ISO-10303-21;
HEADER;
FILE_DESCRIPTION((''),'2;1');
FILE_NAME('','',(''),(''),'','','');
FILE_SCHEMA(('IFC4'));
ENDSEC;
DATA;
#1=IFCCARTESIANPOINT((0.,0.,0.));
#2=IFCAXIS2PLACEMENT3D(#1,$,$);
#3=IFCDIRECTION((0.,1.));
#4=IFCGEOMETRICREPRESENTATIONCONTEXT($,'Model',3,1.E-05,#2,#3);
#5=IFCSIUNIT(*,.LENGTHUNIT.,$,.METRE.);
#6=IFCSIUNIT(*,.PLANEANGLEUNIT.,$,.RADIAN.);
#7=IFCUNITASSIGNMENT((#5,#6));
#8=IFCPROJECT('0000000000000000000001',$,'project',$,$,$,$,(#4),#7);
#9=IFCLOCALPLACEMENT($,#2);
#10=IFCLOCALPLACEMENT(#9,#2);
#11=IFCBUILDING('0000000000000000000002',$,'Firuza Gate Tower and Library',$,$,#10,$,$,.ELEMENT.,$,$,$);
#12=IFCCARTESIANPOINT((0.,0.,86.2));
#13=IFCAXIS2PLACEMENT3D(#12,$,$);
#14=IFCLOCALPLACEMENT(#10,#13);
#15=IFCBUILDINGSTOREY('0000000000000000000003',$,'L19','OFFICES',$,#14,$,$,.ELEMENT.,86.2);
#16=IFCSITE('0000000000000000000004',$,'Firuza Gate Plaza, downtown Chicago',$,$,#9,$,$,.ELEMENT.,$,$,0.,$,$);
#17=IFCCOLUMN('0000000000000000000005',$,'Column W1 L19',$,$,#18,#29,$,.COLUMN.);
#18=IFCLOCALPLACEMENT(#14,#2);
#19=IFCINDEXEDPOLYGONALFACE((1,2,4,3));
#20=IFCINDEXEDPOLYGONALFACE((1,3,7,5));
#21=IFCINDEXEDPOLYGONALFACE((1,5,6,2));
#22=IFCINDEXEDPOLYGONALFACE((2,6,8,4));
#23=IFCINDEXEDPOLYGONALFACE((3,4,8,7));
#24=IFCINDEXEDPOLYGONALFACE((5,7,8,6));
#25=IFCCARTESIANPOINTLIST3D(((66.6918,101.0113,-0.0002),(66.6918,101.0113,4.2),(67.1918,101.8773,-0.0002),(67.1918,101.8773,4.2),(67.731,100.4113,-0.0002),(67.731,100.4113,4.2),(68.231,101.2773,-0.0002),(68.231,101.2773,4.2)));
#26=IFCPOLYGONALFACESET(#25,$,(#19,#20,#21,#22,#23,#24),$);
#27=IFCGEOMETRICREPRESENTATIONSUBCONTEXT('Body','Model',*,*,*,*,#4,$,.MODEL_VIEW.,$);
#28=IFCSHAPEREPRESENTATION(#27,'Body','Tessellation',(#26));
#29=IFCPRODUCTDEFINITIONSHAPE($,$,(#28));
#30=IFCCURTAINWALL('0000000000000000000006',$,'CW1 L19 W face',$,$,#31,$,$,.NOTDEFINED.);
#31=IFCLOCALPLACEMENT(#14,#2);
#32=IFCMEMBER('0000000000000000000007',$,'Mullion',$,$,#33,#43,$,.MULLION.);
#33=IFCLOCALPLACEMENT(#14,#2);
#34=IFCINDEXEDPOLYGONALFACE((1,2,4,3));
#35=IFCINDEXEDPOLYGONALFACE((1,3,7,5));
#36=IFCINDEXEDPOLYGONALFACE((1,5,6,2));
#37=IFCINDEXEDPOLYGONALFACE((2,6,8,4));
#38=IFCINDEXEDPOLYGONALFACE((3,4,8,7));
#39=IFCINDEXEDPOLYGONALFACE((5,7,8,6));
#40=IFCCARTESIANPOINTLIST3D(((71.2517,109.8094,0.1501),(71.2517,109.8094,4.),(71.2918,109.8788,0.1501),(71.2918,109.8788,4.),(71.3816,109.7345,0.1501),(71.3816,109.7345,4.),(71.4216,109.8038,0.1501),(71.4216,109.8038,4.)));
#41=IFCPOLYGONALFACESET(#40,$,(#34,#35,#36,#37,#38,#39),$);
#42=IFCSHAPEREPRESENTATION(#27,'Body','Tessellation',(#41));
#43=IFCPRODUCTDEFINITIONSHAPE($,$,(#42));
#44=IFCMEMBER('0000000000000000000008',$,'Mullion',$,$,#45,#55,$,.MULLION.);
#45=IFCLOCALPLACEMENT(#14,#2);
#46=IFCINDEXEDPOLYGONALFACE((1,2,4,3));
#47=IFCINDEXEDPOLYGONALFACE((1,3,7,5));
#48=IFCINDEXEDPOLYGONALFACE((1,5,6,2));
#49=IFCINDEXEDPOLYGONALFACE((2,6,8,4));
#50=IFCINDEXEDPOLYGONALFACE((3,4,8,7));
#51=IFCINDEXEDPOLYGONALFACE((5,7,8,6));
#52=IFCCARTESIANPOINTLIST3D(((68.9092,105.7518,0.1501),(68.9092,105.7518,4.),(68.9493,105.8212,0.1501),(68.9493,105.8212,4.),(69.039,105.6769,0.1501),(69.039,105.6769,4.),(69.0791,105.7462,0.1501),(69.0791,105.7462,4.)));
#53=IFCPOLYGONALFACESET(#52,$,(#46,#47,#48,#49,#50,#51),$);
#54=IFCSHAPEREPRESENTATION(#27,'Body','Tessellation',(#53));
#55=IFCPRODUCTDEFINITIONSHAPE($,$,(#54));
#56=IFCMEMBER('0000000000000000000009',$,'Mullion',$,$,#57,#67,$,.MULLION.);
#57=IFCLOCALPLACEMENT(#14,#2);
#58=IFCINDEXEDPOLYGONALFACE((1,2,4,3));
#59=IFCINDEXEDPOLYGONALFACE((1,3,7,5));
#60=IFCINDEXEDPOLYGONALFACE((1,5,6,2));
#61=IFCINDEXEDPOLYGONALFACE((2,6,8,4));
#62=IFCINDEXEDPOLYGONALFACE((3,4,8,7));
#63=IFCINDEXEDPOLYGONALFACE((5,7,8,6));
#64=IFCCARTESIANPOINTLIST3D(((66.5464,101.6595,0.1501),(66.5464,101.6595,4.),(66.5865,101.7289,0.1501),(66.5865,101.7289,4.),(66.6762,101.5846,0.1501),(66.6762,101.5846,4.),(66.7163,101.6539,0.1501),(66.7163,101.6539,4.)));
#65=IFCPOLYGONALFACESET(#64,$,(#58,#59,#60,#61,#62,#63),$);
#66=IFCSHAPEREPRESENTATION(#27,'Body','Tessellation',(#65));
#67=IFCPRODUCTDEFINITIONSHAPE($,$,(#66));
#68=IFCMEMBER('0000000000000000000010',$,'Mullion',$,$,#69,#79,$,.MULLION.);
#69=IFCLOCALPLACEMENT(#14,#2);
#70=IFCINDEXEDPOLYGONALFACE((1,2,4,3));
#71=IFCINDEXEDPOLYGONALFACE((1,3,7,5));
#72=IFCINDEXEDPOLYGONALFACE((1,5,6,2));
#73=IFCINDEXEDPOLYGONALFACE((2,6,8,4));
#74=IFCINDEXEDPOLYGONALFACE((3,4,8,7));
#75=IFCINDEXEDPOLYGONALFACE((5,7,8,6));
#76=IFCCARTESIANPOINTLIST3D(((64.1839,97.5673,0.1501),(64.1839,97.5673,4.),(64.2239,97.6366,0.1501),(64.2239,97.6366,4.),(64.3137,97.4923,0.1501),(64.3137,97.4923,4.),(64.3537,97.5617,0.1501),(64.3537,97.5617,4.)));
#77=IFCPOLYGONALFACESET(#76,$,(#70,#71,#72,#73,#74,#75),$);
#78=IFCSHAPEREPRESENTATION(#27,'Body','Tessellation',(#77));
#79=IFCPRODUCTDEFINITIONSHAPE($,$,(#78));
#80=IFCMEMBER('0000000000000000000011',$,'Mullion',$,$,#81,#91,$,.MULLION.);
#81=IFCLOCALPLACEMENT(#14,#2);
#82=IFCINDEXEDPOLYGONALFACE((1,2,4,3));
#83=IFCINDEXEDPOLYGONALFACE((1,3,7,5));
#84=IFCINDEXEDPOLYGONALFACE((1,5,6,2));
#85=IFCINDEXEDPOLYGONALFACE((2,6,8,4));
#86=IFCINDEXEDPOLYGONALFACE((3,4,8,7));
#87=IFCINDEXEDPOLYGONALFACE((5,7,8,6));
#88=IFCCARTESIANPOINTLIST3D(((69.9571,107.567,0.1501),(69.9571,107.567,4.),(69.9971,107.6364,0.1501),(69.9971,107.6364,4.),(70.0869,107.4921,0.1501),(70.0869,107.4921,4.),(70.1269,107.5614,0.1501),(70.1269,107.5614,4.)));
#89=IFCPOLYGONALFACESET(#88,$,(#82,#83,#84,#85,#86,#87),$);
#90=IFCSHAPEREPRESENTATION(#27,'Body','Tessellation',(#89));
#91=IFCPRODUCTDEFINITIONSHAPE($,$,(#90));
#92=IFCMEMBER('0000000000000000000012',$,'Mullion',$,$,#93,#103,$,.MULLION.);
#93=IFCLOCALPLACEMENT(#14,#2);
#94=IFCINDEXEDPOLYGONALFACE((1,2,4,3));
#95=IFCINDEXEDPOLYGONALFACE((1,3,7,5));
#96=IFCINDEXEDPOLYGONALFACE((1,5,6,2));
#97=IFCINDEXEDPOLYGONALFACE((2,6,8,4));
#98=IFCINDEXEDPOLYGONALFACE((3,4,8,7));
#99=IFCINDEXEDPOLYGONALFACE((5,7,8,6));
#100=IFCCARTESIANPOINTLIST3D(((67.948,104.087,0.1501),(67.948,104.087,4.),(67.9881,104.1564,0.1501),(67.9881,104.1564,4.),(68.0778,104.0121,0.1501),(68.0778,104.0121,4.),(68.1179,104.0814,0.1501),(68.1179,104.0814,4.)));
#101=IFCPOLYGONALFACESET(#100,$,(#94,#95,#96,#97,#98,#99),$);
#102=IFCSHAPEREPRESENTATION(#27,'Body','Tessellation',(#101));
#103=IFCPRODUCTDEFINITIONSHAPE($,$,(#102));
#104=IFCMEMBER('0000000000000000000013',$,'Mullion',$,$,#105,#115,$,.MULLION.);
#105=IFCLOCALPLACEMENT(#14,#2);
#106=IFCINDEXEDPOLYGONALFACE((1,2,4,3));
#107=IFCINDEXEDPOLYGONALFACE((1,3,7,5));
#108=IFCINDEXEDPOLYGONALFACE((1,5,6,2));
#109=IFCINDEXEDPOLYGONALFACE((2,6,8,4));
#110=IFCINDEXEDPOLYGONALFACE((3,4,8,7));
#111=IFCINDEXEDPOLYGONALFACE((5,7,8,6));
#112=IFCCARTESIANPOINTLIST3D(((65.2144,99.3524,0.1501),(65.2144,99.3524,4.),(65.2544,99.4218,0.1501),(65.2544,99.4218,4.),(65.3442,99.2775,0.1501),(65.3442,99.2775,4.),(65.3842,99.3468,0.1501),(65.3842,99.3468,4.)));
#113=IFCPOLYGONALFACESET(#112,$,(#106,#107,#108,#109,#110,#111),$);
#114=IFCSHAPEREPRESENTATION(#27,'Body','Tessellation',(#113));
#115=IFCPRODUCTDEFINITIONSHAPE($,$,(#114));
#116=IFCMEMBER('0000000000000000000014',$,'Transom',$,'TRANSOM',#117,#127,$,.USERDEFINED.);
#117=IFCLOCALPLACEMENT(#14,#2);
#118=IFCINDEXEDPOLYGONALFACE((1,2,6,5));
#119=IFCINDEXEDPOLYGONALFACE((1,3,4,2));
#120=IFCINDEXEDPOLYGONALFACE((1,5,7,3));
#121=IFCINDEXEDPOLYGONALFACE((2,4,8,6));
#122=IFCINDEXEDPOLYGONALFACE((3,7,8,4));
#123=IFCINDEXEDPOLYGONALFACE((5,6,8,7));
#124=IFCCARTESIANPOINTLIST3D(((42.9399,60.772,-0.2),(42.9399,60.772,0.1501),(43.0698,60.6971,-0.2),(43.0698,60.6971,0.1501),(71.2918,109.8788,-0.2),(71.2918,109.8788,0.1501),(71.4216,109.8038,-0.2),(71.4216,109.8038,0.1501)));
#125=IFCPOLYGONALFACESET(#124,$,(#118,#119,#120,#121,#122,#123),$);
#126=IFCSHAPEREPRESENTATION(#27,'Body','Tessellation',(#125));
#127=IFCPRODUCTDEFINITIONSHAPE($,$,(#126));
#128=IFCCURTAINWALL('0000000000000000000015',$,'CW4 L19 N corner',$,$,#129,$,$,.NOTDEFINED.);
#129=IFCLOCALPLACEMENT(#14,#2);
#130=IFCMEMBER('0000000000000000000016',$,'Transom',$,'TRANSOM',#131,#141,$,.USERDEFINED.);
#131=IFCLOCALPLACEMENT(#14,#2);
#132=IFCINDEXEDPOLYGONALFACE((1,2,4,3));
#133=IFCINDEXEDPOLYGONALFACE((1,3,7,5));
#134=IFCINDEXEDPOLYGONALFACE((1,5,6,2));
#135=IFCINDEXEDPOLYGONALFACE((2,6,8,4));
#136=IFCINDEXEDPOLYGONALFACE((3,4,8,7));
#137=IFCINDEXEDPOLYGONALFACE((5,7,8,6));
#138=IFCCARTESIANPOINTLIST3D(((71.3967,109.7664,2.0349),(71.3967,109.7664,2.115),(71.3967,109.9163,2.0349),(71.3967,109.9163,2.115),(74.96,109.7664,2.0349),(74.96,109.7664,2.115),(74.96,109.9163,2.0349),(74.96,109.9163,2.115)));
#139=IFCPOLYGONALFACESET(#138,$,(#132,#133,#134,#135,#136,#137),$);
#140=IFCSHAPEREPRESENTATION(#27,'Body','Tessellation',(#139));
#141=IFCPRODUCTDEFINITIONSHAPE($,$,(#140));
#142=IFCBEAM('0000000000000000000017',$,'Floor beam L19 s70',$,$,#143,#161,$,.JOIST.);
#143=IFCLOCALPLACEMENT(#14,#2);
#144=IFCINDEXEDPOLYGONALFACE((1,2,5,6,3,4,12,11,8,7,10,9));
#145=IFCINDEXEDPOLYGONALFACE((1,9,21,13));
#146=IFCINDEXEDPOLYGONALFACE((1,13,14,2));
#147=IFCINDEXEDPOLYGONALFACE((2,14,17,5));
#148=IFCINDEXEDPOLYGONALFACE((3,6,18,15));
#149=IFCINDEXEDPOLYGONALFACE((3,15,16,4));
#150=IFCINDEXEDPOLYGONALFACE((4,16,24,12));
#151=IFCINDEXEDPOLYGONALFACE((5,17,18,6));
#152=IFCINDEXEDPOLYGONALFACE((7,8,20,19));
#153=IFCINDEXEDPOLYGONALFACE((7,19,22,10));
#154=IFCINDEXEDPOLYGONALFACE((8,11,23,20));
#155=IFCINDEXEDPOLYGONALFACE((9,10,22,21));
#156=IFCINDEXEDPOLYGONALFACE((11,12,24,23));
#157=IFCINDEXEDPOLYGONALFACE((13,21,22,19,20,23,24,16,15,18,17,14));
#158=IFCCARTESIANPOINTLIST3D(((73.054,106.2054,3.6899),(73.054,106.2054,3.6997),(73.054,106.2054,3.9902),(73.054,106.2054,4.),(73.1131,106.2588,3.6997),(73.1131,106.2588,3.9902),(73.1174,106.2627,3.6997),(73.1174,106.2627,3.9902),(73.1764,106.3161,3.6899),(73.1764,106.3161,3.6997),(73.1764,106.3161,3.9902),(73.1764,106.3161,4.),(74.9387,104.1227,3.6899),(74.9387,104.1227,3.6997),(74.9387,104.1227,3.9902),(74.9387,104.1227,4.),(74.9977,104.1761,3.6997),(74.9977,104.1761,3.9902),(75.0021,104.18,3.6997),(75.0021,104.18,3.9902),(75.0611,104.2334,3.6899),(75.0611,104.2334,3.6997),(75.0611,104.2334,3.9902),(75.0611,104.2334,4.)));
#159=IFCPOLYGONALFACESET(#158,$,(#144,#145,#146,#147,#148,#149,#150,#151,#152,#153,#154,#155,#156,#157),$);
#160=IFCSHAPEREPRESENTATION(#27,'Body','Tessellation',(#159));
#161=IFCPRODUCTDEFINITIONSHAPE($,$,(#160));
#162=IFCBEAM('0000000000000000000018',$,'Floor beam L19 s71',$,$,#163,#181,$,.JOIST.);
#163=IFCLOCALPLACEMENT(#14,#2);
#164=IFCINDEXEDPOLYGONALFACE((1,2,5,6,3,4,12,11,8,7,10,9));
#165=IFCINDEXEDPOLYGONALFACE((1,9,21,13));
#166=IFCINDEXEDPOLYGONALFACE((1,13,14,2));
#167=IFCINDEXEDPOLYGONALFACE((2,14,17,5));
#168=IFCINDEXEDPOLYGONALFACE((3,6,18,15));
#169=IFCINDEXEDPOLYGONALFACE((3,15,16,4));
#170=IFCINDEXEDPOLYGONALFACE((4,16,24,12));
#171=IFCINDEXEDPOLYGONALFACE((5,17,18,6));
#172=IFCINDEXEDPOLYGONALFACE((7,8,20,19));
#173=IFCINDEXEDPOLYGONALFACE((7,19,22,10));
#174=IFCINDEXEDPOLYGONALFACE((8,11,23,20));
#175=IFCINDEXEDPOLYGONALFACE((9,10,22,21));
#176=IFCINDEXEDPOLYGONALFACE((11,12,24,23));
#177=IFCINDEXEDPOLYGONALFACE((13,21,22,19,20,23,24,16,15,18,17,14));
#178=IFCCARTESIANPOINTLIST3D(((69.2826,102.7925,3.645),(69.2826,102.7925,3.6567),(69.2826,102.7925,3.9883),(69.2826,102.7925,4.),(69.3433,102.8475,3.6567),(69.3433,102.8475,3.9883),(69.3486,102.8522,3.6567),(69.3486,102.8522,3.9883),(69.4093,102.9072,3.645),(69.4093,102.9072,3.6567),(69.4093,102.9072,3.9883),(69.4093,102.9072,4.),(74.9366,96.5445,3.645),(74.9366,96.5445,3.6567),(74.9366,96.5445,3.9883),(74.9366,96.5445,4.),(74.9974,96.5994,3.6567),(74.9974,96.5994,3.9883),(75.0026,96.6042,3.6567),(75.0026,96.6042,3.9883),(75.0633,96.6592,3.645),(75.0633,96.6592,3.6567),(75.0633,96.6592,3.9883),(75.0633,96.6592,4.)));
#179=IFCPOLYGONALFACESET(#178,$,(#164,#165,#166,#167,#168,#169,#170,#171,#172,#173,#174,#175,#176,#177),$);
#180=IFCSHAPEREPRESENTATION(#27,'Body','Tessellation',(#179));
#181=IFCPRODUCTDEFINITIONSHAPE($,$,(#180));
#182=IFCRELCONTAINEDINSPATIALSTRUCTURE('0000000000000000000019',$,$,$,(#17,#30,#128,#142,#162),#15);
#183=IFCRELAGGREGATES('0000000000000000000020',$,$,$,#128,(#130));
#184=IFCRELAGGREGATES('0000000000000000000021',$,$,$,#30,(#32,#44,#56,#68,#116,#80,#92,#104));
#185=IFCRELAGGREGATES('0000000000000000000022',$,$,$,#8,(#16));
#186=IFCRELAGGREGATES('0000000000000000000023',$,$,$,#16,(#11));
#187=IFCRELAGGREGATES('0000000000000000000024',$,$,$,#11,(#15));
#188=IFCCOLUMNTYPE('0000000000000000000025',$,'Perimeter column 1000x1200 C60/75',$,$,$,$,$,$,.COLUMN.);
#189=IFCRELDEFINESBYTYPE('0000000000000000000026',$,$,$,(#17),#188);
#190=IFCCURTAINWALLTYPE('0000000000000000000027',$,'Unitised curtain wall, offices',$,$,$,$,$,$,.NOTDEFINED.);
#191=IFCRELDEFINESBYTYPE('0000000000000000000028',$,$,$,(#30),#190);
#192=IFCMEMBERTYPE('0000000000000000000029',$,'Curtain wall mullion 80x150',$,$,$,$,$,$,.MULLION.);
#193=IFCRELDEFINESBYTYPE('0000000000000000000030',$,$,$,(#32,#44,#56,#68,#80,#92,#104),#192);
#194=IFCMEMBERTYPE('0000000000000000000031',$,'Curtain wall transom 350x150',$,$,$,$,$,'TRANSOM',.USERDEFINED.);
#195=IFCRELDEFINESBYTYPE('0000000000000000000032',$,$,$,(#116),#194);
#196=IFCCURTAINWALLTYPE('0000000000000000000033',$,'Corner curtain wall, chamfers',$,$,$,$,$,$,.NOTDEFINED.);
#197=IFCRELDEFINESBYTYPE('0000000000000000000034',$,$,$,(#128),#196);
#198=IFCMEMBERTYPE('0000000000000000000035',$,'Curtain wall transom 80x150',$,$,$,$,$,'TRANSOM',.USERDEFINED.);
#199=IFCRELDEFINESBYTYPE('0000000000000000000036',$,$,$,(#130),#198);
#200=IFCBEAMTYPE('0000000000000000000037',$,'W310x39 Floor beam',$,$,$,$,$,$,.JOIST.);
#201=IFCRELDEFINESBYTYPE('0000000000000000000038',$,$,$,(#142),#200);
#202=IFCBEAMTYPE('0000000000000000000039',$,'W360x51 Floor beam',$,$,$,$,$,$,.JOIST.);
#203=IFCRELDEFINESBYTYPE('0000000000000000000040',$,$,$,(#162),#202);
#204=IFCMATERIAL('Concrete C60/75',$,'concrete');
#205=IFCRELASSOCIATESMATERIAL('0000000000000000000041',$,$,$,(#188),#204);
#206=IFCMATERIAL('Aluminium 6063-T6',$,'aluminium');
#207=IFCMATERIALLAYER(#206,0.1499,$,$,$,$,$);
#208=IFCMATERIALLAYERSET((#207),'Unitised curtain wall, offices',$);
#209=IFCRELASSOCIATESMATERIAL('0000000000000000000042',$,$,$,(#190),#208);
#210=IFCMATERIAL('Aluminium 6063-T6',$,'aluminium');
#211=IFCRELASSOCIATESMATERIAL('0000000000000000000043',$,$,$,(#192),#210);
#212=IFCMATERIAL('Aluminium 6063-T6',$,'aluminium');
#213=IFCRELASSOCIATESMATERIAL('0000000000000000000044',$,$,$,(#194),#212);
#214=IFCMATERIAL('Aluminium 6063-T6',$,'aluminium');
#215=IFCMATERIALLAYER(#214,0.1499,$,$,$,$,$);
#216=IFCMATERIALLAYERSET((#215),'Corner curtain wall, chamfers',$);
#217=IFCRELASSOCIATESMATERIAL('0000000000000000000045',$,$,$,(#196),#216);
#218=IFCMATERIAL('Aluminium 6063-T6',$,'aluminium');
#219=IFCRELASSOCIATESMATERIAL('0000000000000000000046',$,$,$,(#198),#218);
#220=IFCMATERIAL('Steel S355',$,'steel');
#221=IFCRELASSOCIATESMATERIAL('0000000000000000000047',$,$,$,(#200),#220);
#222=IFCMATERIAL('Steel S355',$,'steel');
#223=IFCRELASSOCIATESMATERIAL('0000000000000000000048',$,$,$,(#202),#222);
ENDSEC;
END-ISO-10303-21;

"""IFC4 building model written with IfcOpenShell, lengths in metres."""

from ifc_helpers import new_model, si_unit, direction, frame, origin, origin_2d, place, context, subcontext, project, spatial, rectangle, i_section, extrude, material, layer, layer_set, material_profile, profile_set, type_object, element, aggregate, save


model = new_model("IFC4")

# Units and contexts
model_context = context("Model", 3, precision=1e-05, world=origin(), true_north=direction((0.0, 1.0)))
body_context = subcontext(model_context, "Body", "Model", "MODEL_VIEW")
ifc_project = project(units=[si_unit("LENGTHUNIT", "METRE"), si_unit("PLANEANGLEUNIT", "RADIAN")], contexts=[model_context])

# Site, building, storey
site_placement = place(None, origin())
site = spatial("IfcSite", under=ifc_project, at=site_placement, Name="Firuza Gate Plaza, downtown Chicago", CompositionType="ELEMENT", RefElevation=0.0)
building_placement = place(site_placement, origin())
building = spatial("IfcBuilding", under=site, at=building_placement, Name="Firuza Gate Tower and Library", CompositionType="ELEMENT")
storey_placement = place(building_placement, frame((0.0, 0.0, 86.2)))
storey = spatial("IfcBuildingStorey", under=building, at=storey_placement, Name="L19", Description="OFFICES", CompositionType="ELEMENT", Elevation=86.2)

# Column
ifc_material_1 = material(Name="Concrete C60/75", Category="concrete")
ifc_material_profile_1 = material_profile(ifc_material_1, rectangle(XDim=1.0, YDim=1.2, at=origin_2d()))
ifc_profile_set_1 = profile_set([ifc_material_profile_1], Name="Concrete C60/75")
column_type = type_object("IfcColumnType", Name="Perimeter column 1000x1200 C60/75", PredefinedType="COLUMN", material=ifc_profile_set_1)
column_placement = place(storey_placement, frame((67.4614, 101.1443, -0.0002), z_axis=(0.0, 0.0, 1.0), x_axis=(-0.5, -0.866025, 0.0)))
element("IfcColumn", 1, at=column_placement, inside=storey, type_object=column_type, Name="Column W1 L19", PredefinedType="COLUMN", context=body_context, shape_type="SweptSolid", body=[
    extrude(rectangle(XDim=1.0, YDim=1.2, at=origin_2d()), origin(), (0.0, 0.0, 1.0), 4.2002),
])

# Curtain wall, members
ifc_material_2 = material(Name="Aluminium 6063-T6", Category="aluminium")
ifc_layer_1 = layer(ifc_material_2, 0.1499)
ifc_layer_set_1 = layer_set([ifc_layer_1], Name="Unitised curtain wall, offices")
curtain_wall_type_1 = type_object("IfcCurtainWallType", Name="Unitised curtain wall, offices", PredefinedType="NOTDEFINED", material=ifc_layer_set_1)
placement = place(storey_placement, origin())
curtain_wall_1 = element("IfcCurtainWall", 2, at=placement, inside=storey, type_object=curtain_wall_type_1, Name="CW1 L19 W face", PredefinedType="NOTDEFINED")
ifc_material_3 = material(Name="Aluminium 6063-T6", Category="aluminium")
ifc_material_profile_2 = material_profile(ifc_material_3, rectangle(XDim=0.1499, YDim=0.0801, at=origin_2d()))
ifc_profile_set_2 = profile_set([ifc_material_profile_2], Name="Aluminium 6063-T6")
member_type_1 = type_object("IfcMemberType", Name="Curtain wall mullion 80x150", PredefinedType="MULLION", material=ifc_profile_set_2)
member_1_placement = place(storey_placement, frame((71.3367, 109.8066, 0.1501), z_axis=(0.0, 0.0, 1.0), x_axis=(0.866025, -0.5, 0.0)))
member_1 = element("IfcMember", 3, at=member_1_placement, type_object=member_type_1, Name="Mullion", PredefinedType="MULLION", context=body_context, shape_type="SweptSolid", body=[
    extrude(rectangle(XDim=0.1499, YDim=0.0801, at=origin_2d()), origin(), (0.0, 0.0, 1.0), 3.8499),
])
member_2_placement = place(storey_placement, frame((68.9941, 105.749, 0.1501), z_axis=(0.0, 0.0, 1.0), x_axis=(0.866025, -0.5, 0.0)))
member_2 = element("IfcMember", 4, at=member_2_placement, type_object=member_type_1, Name="Mullion", PredefinedType="MULLION", context=body_context, shape_type="SweptSolid", body=[
    extrude(rectangle(XDim=0.1499, YDim=0.0801, at=origin_2d()), origin(), (0.0, 0.0, 1.0), 3.8499),
])
member_3_placement = place(storey_placement, frame((66.6313, 101.6567, 0.1501), z_axis=(0.0, 0.0, 1.0), x_axis=(0.866025, -0.5, 0.0)))
member_3 = element("IfcMember", 5, at=member_3_placement, type_object=member_type_1, Name="Mullion", PredefinedType="MULLION", context=body_context, shape_type="SweptSolid", body=[
    extrude(rectangle(XDim=0.1499, YDim=0.0801, at=origin_2d()), origin(), (0.0, 0.0, 1.0), 3.8499),
])
member_4_placement = place(storey_placement, frame((64.2688, 97.5645, 0.1501), z_axis=(0.0, 0.0, 1.0), x_axis=(0.866025, -0.5, 0.0)))
member_4 = element("IfcMember", 6, at=member_4_placement, type_object=member_type_1, Name="Mullion", PredefinedType="MULLION", context=body_context, shape_type="SweptSolid", body=[
    extrude(rectangle(XDim=0.1499, YDim=0.0801, at=origin_2d()), origin(), (0.0, 0.0, 1.0), 3.8499),
])
member_5_placement = place(storey_placement, frame((70.042, 107.5642, 0.1501), z_axis=(0.0, 0.0, 1.0), x_axis=(0.866025, -0.5, 0.0)))
member_5 = element("IfcMember", 7, at=member_5_placement, type_object=member_type_1, Name="Mullion", PredefinedType="MULLION", context=body_context, shape_type="SweptSolid", body=[
    extrude(rectangle(XDim=0.1499, YDim=0.0801, at=origin_2d()), origin(), (0.0, 0.0, 1.0), 3.8499),
])
member_6_placement = place(storey_placement, frame((68.033, 104.0842, 0.1501), z_axis=(0.0, 0.0, 1.0), x_axis=(0.866025, -0.5, 0.0)))
member_6 = element("IfcMember", 8, at=member_6_placement, type_object=member_type_1, Name="Mullion", PredefinedType="MULLION", context=body_context, shape_type="SweptSolid", body=[
    extrude(rectangle(XDim=0.1499, YDim=0.0801, at=origin_2d()), origin(), (0.0, 0.0, 1.0), 3.8499),
])
member_7_placement = place(storey_placement, frame((65.2993, 99.3496, 0.1501), z_axis=(0.0, 0.0, 1.0), x_axis=(0.866025, -0.5, 0.0)))
member_7 = element("IfcMember", 9, at=member_7_placement, type_object=member_type_1, Name="Mullion", PredefinedType="MULLION", context=body_context, shape_type="SweptSolid", body=[
    extrude(rectangle(XDim=0.1499, YDim=0.0801, at=origin_2d()), origin(), (0.0, 0.0, 1.0), 3.8499),
])
ifc_material_4 = material(Name="Aluminium 6063-T6", Category="aluminium")
ifc_material_profile_3 = material_profile(ifc_material_4, rectangle(XDim=0.1499, YDim=0.3501, at=origin_2d()))
ifc_profile_set_3 = profile_set([ifc_material_profile_3], Name="Aluminium 6063-T6")
member_type_2 = type_object("IfcMemberType", Name="Curtain wall transom 350x150", ElementType="TRANSOM", PredefinedType="USERDEFINED", material=ifc_profile_set_3)
member_8_placement = place(storey_placement, frame((71.3567, 109.8413, -0.0249), z_axis=(-0.500001, -0.866025, 0.0), x_axis=(0.866025, -0.500001, 0.0)))
member_8 = element("IfcMember", 10, at=member_8_placement, type_object=member_type_2, Name="Transom", ObjectType="TRANSOM", PredefinedType="USERDEFINED", context=body_context, shape_type="SweptSolid", body=[
    extrude(rectangle(XDim=0.1499, YDim=0.3501, at=origin_2d()), origin(), (0.0, 0.0, 1.0), 56.7036),
])

# Curtain wall, member
ifc_material_5 = material(Name="Aluminium 6063-T6", Category="aluminium")
ifc_layer_2 = layer(ifc_material_5, 0.1499)
ifc_layer_set_2 = layer_set([ifc_layer_2], Name="Corner curtain wall, chamfers")
curtain_wall_type_2 = type_object("IfcCurtainWallType", Name="Corner curtain wall, chamfers", PredefinedType="NOTDEFINED", material=ifc_layer_set_2)
curtain_wall_2 = element("IfcCurtainWall", 11, at=placement, inside=storey, type_object=curtain_wall_type_2, Name="CW4 L19 N corner", PredefinedType="NOTDEFINED")
ifc_material_6 = material(Name="Aluminium 6063-T6", Category="aluminium")
ifc_material_profile_4 = material_profile(ifc_material_6, rectangle(XDim=0.1499, YDim=0.0801, at=origin_2d()))
ifc_profile_set_4 = profile_set([ifc_material_profile_4], Name="Aluminium 6063-T6")
member_type_3 = type_object("IfcMemberType", Name="Curtain wall transom 80x150", ElementType="TRANSOM", PredefinedType="USERDEFINED", material=ifc_profile_set_4)
member_9_placement = place(storey_placement, frame((74.96, 109.8413, 2.075), z_axis=(-1.0, 0.0, 0.0), x_axis=(0.0, -1.0, 0.0)))
member_9 = element("IfcMember", 12, at=member_9_placement, type_object=member_type_3, Name="Transom", ObjectType="TRANSOM", PredefinedType="USERDEFINED", context=body_context, shape_type="SweptSolid", body=[
    extrude(rectangle(XDim=0.1499, YDim=0.0801, at=origin_2d()), origin(), (0.0, 0.0, 1.0), 3.5632),
])

# Beams
ifc_material_7 = material(Name="Steel S355", Category="steel")
ifc_material_profile_5 = material_profile(ifc_material_7, i_section(OverallWidth=0.165, OverallDepth=0.3101, WebThickness=0.0059, FlangeThickness=0.0098, at=origin_2d()))
ifc_profile_set_5 = profile_set([ifc_material_profile_5], Name="Steel S355")
beam_type_1 = type_object("IfcBeamType", Name="W310x39 Floor beam", PredefinedType="JOIST", material=ifc_profile_set_5)
beam_1_placement = place(storey_placement, frame((73.1152, 106.2607, 3.845), z_axis=(0.670984, -0.741472, 0.0), x_axis=(0.741472, 0.670984, 0.0)))
element("IfcBeam", 13, at=beam_1_placement, inside=storey, type_object=beam_type_1, Name="Floor beam L19 s70", PredefinedType="JOIST", context=body_context, shape_type="SweptSolid", body=[
    extrude(i_section(OverallWidth=0.165, OverallDepth=0.3101, WebThickness=0.0059, FlangeThickness=0.0098, at=origin_2d()), origin(), (0.0, 0.0, 1.0), 2.8088),
])
ifc_material_8 = material(Name="Steel S355", Category="steel")
ifc_material_profile_6 = material_profile(ifc_material_8, i_section(OverallWidth=0.1709, OverallDepth=0.355, WebThickness=0.0071, FlangeThickness=0.0117, at=origin_2d()))
ifc_profile_set_6 = profile_set([ifc_material_profile_6], Name="Steel S355")
beam_type_2 = type_object("IfcBeamType", Name="W360x51 Floor beam", PredefinedType="JOIST", material=ifc_profile_set_6)
beam_2_placement = place(storey_placement, frame((69.3459, 102.8499, 3.8225), z_axis=(0.670982, -0.741473, 0.0), x_axis=(0.741473, 0.670982, 0.0)))
element("IfcBeam", 14, at=beam_2_placement, inside=storey, type_object=beam_type_2, Name="Floor beam L19 s71", PredefinedType="JOIST", context=body_context, shape_type="SweptSolid", body=[
    extrude(i_section(OverallWidth=0.1709, OverallDepth=0.355, WebThickness=0.0071, FlangeThickness=0.0117, at=origin_2d()), origin(), (0.0, 0.0, 1.0), 8.4265),
])

aggregate(curtain_wall_2, [member_9])
aggregate(curtain_wall_1, [member_1, member_2, member_3, member_4, member_8, member_5, member_6, member_7])

save(model, "model.ifc")
